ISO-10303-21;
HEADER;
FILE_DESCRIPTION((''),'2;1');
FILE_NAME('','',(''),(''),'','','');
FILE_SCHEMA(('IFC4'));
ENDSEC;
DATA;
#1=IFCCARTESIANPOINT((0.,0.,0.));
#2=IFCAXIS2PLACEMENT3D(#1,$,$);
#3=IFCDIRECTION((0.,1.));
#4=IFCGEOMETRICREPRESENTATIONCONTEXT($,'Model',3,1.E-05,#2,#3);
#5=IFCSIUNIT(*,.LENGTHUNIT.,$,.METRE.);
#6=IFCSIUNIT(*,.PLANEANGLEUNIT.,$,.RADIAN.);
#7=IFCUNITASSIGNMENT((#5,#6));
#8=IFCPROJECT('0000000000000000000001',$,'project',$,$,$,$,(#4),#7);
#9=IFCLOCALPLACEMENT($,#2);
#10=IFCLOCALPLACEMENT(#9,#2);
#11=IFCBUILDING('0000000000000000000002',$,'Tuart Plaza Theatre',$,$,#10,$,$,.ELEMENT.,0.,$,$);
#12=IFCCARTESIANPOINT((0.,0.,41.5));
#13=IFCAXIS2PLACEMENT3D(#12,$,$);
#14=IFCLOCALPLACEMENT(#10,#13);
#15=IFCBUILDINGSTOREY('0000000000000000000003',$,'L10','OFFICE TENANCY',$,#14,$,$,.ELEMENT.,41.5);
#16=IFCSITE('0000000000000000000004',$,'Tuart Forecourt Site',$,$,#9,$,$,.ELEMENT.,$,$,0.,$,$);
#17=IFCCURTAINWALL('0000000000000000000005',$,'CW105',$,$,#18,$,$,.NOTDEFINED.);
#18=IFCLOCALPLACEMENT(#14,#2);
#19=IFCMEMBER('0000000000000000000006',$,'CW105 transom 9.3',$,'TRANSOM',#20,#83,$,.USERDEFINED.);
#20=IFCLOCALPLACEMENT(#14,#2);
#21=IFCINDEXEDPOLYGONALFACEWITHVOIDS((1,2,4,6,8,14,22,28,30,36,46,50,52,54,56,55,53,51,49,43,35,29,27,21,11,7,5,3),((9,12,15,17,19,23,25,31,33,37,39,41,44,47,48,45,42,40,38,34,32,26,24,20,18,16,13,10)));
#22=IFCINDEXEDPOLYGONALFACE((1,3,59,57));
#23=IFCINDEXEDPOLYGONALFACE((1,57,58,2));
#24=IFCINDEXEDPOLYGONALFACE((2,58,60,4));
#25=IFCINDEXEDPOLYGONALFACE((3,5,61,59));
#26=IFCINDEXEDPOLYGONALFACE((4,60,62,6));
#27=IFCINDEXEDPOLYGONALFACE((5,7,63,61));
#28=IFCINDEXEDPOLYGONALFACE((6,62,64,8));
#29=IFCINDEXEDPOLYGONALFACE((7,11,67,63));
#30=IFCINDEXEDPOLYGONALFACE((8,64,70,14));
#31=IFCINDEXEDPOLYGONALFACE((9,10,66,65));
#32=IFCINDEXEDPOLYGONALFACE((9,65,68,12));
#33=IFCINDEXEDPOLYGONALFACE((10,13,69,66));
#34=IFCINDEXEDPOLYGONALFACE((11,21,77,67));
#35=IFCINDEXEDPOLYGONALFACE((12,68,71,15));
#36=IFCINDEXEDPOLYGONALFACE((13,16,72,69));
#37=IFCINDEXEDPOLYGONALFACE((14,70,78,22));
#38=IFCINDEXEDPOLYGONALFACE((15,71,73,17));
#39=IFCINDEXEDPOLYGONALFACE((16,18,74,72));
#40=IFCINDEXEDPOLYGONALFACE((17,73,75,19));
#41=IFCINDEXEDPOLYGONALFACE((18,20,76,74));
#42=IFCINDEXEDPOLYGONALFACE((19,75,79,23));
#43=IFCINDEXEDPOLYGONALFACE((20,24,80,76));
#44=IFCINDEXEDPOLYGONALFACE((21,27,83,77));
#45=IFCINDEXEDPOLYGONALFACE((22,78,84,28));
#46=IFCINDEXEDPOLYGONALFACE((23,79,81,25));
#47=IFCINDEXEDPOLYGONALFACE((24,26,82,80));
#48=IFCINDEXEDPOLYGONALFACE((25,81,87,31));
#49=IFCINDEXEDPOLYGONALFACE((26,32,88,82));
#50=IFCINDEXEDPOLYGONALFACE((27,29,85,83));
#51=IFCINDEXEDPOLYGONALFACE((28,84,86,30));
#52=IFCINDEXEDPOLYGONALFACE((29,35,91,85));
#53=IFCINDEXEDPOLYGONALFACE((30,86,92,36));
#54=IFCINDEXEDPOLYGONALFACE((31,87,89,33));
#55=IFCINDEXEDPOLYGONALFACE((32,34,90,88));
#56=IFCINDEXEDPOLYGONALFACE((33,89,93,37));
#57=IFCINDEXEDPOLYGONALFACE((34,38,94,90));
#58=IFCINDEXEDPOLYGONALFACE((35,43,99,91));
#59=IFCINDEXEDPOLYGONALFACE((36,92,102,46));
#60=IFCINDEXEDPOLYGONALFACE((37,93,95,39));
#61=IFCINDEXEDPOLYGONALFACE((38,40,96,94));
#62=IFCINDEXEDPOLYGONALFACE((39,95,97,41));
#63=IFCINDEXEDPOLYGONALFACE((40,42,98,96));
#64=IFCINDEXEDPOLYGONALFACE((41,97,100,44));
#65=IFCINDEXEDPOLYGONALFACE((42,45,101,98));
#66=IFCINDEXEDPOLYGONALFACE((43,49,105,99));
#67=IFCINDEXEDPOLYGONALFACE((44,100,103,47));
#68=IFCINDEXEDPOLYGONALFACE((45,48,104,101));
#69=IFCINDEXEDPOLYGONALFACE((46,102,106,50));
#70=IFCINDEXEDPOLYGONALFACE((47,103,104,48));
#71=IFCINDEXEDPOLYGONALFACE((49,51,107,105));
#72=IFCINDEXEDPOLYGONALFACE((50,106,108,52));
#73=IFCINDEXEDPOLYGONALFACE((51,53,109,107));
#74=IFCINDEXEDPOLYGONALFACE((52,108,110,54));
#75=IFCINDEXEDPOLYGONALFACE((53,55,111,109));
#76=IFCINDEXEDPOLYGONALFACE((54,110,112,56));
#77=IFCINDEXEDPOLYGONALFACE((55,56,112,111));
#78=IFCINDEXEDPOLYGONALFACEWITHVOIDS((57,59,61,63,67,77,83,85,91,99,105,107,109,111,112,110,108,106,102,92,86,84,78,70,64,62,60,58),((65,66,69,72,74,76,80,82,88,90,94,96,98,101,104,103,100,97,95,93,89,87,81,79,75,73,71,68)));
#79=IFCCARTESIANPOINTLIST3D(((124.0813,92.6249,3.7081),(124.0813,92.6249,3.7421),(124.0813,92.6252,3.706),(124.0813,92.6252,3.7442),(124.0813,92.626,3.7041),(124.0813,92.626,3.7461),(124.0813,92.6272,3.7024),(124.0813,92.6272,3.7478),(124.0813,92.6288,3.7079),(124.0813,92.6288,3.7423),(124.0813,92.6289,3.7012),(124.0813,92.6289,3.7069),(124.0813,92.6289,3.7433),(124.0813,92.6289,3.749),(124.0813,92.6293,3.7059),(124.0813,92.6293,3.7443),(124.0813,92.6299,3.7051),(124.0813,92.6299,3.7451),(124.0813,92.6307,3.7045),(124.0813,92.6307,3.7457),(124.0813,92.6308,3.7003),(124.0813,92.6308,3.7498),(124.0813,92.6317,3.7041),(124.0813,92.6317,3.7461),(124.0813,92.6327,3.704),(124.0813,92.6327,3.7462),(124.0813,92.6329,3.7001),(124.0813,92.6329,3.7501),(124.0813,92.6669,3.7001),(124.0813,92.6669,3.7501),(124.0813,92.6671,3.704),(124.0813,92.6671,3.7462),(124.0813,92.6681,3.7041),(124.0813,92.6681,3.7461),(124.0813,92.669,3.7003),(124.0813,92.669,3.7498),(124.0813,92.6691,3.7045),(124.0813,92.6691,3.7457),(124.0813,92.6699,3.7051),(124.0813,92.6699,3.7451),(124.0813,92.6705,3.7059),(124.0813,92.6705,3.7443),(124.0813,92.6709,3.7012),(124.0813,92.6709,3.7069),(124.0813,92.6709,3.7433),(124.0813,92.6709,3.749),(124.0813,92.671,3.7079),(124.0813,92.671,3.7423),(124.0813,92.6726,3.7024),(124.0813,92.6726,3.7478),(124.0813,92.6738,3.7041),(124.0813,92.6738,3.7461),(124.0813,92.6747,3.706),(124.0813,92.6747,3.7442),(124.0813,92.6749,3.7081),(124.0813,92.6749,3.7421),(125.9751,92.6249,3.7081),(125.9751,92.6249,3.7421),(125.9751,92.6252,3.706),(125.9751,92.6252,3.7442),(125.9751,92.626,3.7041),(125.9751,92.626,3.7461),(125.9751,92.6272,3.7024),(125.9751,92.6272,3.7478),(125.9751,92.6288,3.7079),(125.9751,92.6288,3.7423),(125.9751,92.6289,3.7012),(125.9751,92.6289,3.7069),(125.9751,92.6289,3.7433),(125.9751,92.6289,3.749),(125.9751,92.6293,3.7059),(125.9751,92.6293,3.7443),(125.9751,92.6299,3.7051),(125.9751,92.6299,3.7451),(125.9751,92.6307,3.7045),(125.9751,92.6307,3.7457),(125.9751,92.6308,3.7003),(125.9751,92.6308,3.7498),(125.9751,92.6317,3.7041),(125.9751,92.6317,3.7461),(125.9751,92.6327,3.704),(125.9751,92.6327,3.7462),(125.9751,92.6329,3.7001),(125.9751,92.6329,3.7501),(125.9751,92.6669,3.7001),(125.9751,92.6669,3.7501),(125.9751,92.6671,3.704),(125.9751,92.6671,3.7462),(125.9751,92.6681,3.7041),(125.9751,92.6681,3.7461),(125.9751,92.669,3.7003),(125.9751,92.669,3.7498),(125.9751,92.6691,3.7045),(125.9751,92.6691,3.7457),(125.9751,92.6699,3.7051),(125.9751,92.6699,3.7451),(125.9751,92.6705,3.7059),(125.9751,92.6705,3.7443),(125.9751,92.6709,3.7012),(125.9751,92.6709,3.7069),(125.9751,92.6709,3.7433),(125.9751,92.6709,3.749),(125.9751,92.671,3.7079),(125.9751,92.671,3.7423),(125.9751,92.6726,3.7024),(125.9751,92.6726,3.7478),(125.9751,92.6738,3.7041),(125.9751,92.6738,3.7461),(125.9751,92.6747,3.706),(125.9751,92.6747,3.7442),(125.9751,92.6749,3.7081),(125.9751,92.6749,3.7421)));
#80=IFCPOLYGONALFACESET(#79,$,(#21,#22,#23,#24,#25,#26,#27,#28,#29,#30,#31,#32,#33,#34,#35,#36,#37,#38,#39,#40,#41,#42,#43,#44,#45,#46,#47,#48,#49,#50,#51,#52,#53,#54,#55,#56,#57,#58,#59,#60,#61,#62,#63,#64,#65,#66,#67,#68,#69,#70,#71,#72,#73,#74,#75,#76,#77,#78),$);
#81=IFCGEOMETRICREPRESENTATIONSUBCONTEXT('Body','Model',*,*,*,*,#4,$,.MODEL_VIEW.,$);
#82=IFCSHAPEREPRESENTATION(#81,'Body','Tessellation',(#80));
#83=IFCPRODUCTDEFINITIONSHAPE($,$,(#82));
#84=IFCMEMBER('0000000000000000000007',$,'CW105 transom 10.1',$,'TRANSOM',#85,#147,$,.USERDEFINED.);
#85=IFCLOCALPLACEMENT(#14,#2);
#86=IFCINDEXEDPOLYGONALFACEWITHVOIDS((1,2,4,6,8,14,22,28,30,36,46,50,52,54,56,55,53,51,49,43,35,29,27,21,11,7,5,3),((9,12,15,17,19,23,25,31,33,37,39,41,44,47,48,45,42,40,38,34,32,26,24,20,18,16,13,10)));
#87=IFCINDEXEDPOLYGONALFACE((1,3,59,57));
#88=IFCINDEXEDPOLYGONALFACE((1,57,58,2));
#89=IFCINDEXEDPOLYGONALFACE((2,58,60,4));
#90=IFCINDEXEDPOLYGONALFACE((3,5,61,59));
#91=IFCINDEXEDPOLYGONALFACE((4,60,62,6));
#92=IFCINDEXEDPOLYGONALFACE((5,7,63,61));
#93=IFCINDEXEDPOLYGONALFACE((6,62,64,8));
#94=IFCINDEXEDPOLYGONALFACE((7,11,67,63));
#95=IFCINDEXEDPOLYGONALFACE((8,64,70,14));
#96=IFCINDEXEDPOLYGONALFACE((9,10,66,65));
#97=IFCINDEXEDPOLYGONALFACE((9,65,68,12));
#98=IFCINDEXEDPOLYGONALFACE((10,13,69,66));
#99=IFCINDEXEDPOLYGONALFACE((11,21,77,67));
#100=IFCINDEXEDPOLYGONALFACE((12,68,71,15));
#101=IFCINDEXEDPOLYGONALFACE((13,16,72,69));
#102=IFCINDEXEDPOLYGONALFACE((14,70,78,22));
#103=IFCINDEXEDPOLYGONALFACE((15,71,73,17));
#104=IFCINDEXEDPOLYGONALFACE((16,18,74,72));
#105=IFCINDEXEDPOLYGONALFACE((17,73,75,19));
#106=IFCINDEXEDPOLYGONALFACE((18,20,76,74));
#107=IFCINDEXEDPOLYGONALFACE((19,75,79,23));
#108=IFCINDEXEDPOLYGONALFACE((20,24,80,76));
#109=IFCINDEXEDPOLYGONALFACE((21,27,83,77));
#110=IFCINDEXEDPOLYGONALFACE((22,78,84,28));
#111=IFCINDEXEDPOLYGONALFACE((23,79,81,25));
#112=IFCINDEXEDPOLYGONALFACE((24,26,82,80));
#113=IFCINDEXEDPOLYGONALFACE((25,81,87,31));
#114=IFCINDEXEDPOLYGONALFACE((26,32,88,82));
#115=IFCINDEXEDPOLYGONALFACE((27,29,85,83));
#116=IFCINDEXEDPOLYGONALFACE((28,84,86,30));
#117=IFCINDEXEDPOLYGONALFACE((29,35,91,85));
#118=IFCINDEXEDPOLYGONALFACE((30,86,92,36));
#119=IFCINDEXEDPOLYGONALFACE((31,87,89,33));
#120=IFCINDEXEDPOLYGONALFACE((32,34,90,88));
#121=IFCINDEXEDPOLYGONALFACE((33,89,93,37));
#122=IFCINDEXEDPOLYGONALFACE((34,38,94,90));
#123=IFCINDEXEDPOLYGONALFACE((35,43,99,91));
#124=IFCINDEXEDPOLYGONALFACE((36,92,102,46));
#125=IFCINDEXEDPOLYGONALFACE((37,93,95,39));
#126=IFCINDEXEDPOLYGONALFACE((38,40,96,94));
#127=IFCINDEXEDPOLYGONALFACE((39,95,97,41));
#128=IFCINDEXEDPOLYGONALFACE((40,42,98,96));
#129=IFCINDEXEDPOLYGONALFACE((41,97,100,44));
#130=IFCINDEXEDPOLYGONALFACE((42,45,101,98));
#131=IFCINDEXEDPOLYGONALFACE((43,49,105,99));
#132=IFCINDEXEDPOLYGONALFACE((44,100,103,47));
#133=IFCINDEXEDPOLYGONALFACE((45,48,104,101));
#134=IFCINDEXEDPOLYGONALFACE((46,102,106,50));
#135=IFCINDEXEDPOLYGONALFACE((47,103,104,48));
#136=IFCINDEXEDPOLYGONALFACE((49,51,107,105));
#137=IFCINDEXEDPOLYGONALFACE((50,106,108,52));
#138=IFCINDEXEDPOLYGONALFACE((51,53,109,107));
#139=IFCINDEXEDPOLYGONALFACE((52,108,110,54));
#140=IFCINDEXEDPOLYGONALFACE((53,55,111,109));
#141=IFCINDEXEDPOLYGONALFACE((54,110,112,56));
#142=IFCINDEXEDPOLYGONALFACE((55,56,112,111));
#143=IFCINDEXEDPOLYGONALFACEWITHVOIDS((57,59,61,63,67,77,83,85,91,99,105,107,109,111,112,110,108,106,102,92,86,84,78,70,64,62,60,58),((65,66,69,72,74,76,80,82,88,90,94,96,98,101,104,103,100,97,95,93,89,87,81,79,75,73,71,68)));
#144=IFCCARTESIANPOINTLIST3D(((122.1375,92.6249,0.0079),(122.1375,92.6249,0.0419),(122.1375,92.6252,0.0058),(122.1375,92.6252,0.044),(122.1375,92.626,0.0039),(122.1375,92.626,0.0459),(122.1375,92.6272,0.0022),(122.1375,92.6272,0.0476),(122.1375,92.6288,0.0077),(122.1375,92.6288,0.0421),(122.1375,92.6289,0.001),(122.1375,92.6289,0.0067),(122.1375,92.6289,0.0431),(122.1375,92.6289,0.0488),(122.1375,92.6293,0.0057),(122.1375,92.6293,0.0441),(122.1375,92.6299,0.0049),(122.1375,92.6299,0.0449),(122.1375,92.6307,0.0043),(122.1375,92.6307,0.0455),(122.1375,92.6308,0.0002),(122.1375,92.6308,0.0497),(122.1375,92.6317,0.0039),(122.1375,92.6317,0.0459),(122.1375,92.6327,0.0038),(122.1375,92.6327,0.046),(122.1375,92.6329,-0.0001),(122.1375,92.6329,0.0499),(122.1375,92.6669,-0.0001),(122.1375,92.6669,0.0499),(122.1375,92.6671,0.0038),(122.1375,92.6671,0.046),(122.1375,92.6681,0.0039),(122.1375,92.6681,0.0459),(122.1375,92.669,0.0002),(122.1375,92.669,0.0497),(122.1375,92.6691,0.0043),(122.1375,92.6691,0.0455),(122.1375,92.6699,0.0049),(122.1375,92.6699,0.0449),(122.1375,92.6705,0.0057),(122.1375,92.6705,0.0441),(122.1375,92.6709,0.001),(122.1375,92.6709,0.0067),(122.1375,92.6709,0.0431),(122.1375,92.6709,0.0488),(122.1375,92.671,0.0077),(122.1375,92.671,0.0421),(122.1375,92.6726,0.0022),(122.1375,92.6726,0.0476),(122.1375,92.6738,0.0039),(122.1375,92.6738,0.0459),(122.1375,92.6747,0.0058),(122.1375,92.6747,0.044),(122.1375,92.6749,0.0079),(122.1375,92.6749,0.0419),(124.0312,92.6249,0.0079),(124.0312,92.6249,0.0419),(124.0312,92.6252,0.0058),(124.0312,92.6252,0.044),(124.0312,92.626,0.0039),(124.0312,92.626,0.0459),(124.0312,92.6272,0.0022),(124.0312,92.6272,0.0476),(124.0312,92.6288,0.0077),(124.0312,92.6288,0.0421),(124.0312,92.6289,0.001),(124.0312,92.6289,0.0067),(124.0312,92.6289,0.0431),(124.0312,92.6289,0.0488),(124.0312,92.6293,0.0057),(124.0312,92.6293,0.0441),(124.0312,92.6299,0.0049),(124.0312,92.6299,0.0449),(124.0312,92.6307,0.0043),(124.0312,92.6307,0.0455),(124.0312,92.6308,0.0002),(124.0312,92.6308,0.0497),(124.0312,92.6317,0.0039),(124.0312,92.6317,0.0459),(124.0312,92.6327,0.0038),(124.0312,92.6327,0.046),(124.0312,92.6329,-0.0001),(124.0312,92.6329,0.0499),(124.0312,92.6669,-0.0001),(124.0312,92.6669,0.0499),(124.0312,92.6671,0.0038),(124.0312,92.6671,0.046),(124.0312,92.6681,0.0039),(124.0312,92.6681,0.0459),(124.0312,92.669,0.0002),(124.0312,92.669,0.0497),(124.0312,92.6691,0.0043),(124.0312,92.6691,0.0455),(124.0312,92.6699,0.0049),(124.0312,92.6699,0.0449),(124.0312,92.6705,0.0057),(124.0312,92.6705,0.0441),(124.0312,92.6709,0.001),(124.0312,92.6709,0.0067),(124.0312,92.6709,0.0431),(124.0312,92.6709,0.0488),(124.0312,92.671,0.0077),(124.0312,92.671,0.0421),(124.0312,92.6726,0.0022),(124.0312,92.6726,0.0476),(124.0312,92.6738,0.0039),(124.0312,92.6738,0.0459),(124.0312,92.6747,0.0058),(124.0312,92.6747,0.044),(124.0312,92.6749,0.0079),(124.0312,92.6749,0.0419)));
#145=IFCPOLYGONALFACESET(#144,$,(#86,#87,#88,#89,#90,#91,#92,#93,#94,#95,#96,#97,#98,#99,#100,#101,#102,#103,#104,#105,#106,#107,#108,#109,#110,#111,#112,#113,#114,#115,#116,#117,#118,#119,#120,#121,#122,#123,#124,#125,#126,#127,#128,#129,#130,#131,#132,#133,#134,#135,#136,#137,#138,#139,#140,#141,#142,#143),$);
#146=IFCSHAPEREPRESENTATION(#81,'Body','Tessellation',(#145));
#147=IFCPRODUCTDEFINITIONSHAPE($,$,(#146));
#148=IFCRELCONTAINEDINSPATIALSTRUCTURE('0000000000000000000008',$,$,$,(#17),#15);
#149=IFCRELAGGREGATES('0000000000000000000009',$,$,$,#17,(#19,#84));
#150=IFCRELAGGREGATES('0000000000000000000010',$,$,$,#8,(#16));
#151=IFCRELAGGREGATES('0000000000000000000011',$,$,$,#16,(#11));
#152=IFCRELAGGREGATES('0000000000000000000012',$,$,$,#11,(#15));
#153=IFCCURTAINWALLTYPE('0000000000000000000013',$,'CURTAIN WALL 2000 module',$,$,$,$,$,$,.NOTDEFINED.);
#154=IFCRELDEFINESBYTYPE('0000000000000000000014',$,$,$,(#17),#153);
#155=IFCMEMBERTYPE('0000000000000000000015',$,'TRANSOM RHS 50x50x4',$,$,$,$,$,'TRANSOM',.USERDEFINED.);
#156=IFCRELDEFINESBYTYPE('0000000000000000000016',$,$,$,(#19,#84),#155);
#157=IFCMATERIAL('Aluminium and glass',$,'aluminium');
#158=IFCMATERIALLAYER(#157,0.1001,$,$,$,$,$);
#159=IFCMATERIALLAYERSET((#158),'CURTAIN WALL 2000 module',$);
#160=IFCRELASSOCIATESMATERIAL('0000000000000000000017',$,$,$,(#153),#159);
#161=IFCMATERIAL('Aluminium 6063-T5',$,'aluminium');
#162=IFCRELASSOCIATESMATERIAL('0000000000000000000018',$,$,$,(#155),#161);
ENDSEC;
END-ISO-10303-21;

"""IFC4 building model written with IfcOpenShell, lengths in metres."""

from ifc_helpers import new_model, si_unit, direction, frame, origin, origin_2d, place, context, subcontext, project, spatial, hollow_rectangle, extrude, material, layer, layer_set, material_profile, profile_set, type_object, element, aggregate, save


model = new_model("IFC4")

# Units and contexts
model_context = context("Model", 3, precision=1e-05, world=origin(), true_north=direction((0.0, 1.0)))
body_context = subcontext(model_context, "Body", "Model", "MODEL_VIEW")
ifc_project = project(units=[si_unit("LENGTHUNIT", "METRE"), si_unit("PLANEANGLEUNIT", "RADIAN")], contexts=[model_context])

# Site, building, storey
site_placement = place(None, origin())
site = spatial("IfcSite", under=ifc_project, at=site_placement, Name="Tuart Forecourt Site", CompositionType="ELEMENT", RefElevation=0.0)
building_placement = place(site_placement, origin())
building = spatial("IfcBuilding", under=site, at=building_placement, Name="Tuart Plaza Theatre", CompositionType="ELEMENT", ElevationOfRefHeight=0.0)
storey_placement = place(building_placement, frame((0.0, 0.0, 41.5)))
storey = spatial("IfcBuildingStorey", under=building, at=storey_placement, Name="L10", Description="OFFICE TENANCY", CompositionType="ELEMENT", Elevation=41.5)

# Curtain wall, members
ifc_material_1 = material(Name="Aluminium and glass", Category="aluminium")
ifc_layer_1 = layer(ifc_material_1, 0.1001)
ifc_layer_set_1 = layer_set([ifc_layer_1], Name="CURTAIN WALL 2000 module")
curtain_wall_type = type_object("IfcCurtainWallType", Name="CURTAIN WALL 2000 module", PredefinedType="NOTDEFINED", material=ifc_layer_set_1)
curtain_wall_placement = place(storey_placement, origin())
curtain_wall = element("IfcCurtainWall", 1, at=curtain_wall_placement, inside=storey, type_object=curtain_wall_type, Name="CW105", PredefinedType="NOTDEFINED")
ifc_material_2 = material(Name="Aluminium 6063-T5", Category="aluminium")
ifc_material_profile_1 = material_profile(ifc_material_2, hollow_rectangle(XDim=0.05, YDim=0.05, WallThickness=0.0039, InnerFilletRadius=0.0039, OuterFilletRadius=0.0081, at=origin_2d()), Name="RHS 50x50x4")
ifc_profile_set_1 = profile_set([ifc_material_profile_1], Name="Aluminium 6063-T5")
member_type_1 = type_object("IfcMemberType", Name="TRANSOM RHS 50x50x4", ElementType="TRANSOM", PredefinedType="USERDEFINED", material=ifc_profile_set_1)
member_1_placement = place(storey_placement, frame((125.9751, 92.6499, 3.7251), z_axis=(-1.0, 0.0, 0.0), x_axis=(0.0, -1.0, 0.0)))
member_1 = element("IfcMember", 2, at=member_1_placement, type_object=member_type_1, Name="CW105 transom 9.3", ObjectType="TRANSOM", PredefinedType="USERDEFINED", context=body_context, shape_type="SweptSolid", body=[
    extrude(hollow_rectangle(XDim=0.05, YDim=0.05, WallThickness=0.0039, InnerFilletRadius=0.0039, OuterFilletRadius=0.0081, at=origin_2d()), origin(), (0.0, 0.0, 1.0), 1.8938),
])
member_2_placement = place(storey_placement, frame((124.0312, 92.6499, 0.0249), z_axis=(-1.0, 0.0, 0.0), x_axis=(0.0, -1.0, 0.0)))
member_2 = element("IfcMember", 3, at=member_2_placement, type_object=member_type_1, Name="CW105 transom 10.1", ObjectType="TRANSOM", PredefinedType="USERDEFINED", context=body_context, shape_type="SweptSolid", body=[
    extrude(hollow_rectangle(XDim=0.05, YDim=0.05, WallThickness=0.0039, InnerFilletRadius=0.0039, OuterFilletRadius=0.0081, at=origin_2d()), origin(), (0.0, 0.0, 1.0), 1.8938),
])
aggregate(curtain_wall, [member_1, member_2])

save(model, "model.ifc")
